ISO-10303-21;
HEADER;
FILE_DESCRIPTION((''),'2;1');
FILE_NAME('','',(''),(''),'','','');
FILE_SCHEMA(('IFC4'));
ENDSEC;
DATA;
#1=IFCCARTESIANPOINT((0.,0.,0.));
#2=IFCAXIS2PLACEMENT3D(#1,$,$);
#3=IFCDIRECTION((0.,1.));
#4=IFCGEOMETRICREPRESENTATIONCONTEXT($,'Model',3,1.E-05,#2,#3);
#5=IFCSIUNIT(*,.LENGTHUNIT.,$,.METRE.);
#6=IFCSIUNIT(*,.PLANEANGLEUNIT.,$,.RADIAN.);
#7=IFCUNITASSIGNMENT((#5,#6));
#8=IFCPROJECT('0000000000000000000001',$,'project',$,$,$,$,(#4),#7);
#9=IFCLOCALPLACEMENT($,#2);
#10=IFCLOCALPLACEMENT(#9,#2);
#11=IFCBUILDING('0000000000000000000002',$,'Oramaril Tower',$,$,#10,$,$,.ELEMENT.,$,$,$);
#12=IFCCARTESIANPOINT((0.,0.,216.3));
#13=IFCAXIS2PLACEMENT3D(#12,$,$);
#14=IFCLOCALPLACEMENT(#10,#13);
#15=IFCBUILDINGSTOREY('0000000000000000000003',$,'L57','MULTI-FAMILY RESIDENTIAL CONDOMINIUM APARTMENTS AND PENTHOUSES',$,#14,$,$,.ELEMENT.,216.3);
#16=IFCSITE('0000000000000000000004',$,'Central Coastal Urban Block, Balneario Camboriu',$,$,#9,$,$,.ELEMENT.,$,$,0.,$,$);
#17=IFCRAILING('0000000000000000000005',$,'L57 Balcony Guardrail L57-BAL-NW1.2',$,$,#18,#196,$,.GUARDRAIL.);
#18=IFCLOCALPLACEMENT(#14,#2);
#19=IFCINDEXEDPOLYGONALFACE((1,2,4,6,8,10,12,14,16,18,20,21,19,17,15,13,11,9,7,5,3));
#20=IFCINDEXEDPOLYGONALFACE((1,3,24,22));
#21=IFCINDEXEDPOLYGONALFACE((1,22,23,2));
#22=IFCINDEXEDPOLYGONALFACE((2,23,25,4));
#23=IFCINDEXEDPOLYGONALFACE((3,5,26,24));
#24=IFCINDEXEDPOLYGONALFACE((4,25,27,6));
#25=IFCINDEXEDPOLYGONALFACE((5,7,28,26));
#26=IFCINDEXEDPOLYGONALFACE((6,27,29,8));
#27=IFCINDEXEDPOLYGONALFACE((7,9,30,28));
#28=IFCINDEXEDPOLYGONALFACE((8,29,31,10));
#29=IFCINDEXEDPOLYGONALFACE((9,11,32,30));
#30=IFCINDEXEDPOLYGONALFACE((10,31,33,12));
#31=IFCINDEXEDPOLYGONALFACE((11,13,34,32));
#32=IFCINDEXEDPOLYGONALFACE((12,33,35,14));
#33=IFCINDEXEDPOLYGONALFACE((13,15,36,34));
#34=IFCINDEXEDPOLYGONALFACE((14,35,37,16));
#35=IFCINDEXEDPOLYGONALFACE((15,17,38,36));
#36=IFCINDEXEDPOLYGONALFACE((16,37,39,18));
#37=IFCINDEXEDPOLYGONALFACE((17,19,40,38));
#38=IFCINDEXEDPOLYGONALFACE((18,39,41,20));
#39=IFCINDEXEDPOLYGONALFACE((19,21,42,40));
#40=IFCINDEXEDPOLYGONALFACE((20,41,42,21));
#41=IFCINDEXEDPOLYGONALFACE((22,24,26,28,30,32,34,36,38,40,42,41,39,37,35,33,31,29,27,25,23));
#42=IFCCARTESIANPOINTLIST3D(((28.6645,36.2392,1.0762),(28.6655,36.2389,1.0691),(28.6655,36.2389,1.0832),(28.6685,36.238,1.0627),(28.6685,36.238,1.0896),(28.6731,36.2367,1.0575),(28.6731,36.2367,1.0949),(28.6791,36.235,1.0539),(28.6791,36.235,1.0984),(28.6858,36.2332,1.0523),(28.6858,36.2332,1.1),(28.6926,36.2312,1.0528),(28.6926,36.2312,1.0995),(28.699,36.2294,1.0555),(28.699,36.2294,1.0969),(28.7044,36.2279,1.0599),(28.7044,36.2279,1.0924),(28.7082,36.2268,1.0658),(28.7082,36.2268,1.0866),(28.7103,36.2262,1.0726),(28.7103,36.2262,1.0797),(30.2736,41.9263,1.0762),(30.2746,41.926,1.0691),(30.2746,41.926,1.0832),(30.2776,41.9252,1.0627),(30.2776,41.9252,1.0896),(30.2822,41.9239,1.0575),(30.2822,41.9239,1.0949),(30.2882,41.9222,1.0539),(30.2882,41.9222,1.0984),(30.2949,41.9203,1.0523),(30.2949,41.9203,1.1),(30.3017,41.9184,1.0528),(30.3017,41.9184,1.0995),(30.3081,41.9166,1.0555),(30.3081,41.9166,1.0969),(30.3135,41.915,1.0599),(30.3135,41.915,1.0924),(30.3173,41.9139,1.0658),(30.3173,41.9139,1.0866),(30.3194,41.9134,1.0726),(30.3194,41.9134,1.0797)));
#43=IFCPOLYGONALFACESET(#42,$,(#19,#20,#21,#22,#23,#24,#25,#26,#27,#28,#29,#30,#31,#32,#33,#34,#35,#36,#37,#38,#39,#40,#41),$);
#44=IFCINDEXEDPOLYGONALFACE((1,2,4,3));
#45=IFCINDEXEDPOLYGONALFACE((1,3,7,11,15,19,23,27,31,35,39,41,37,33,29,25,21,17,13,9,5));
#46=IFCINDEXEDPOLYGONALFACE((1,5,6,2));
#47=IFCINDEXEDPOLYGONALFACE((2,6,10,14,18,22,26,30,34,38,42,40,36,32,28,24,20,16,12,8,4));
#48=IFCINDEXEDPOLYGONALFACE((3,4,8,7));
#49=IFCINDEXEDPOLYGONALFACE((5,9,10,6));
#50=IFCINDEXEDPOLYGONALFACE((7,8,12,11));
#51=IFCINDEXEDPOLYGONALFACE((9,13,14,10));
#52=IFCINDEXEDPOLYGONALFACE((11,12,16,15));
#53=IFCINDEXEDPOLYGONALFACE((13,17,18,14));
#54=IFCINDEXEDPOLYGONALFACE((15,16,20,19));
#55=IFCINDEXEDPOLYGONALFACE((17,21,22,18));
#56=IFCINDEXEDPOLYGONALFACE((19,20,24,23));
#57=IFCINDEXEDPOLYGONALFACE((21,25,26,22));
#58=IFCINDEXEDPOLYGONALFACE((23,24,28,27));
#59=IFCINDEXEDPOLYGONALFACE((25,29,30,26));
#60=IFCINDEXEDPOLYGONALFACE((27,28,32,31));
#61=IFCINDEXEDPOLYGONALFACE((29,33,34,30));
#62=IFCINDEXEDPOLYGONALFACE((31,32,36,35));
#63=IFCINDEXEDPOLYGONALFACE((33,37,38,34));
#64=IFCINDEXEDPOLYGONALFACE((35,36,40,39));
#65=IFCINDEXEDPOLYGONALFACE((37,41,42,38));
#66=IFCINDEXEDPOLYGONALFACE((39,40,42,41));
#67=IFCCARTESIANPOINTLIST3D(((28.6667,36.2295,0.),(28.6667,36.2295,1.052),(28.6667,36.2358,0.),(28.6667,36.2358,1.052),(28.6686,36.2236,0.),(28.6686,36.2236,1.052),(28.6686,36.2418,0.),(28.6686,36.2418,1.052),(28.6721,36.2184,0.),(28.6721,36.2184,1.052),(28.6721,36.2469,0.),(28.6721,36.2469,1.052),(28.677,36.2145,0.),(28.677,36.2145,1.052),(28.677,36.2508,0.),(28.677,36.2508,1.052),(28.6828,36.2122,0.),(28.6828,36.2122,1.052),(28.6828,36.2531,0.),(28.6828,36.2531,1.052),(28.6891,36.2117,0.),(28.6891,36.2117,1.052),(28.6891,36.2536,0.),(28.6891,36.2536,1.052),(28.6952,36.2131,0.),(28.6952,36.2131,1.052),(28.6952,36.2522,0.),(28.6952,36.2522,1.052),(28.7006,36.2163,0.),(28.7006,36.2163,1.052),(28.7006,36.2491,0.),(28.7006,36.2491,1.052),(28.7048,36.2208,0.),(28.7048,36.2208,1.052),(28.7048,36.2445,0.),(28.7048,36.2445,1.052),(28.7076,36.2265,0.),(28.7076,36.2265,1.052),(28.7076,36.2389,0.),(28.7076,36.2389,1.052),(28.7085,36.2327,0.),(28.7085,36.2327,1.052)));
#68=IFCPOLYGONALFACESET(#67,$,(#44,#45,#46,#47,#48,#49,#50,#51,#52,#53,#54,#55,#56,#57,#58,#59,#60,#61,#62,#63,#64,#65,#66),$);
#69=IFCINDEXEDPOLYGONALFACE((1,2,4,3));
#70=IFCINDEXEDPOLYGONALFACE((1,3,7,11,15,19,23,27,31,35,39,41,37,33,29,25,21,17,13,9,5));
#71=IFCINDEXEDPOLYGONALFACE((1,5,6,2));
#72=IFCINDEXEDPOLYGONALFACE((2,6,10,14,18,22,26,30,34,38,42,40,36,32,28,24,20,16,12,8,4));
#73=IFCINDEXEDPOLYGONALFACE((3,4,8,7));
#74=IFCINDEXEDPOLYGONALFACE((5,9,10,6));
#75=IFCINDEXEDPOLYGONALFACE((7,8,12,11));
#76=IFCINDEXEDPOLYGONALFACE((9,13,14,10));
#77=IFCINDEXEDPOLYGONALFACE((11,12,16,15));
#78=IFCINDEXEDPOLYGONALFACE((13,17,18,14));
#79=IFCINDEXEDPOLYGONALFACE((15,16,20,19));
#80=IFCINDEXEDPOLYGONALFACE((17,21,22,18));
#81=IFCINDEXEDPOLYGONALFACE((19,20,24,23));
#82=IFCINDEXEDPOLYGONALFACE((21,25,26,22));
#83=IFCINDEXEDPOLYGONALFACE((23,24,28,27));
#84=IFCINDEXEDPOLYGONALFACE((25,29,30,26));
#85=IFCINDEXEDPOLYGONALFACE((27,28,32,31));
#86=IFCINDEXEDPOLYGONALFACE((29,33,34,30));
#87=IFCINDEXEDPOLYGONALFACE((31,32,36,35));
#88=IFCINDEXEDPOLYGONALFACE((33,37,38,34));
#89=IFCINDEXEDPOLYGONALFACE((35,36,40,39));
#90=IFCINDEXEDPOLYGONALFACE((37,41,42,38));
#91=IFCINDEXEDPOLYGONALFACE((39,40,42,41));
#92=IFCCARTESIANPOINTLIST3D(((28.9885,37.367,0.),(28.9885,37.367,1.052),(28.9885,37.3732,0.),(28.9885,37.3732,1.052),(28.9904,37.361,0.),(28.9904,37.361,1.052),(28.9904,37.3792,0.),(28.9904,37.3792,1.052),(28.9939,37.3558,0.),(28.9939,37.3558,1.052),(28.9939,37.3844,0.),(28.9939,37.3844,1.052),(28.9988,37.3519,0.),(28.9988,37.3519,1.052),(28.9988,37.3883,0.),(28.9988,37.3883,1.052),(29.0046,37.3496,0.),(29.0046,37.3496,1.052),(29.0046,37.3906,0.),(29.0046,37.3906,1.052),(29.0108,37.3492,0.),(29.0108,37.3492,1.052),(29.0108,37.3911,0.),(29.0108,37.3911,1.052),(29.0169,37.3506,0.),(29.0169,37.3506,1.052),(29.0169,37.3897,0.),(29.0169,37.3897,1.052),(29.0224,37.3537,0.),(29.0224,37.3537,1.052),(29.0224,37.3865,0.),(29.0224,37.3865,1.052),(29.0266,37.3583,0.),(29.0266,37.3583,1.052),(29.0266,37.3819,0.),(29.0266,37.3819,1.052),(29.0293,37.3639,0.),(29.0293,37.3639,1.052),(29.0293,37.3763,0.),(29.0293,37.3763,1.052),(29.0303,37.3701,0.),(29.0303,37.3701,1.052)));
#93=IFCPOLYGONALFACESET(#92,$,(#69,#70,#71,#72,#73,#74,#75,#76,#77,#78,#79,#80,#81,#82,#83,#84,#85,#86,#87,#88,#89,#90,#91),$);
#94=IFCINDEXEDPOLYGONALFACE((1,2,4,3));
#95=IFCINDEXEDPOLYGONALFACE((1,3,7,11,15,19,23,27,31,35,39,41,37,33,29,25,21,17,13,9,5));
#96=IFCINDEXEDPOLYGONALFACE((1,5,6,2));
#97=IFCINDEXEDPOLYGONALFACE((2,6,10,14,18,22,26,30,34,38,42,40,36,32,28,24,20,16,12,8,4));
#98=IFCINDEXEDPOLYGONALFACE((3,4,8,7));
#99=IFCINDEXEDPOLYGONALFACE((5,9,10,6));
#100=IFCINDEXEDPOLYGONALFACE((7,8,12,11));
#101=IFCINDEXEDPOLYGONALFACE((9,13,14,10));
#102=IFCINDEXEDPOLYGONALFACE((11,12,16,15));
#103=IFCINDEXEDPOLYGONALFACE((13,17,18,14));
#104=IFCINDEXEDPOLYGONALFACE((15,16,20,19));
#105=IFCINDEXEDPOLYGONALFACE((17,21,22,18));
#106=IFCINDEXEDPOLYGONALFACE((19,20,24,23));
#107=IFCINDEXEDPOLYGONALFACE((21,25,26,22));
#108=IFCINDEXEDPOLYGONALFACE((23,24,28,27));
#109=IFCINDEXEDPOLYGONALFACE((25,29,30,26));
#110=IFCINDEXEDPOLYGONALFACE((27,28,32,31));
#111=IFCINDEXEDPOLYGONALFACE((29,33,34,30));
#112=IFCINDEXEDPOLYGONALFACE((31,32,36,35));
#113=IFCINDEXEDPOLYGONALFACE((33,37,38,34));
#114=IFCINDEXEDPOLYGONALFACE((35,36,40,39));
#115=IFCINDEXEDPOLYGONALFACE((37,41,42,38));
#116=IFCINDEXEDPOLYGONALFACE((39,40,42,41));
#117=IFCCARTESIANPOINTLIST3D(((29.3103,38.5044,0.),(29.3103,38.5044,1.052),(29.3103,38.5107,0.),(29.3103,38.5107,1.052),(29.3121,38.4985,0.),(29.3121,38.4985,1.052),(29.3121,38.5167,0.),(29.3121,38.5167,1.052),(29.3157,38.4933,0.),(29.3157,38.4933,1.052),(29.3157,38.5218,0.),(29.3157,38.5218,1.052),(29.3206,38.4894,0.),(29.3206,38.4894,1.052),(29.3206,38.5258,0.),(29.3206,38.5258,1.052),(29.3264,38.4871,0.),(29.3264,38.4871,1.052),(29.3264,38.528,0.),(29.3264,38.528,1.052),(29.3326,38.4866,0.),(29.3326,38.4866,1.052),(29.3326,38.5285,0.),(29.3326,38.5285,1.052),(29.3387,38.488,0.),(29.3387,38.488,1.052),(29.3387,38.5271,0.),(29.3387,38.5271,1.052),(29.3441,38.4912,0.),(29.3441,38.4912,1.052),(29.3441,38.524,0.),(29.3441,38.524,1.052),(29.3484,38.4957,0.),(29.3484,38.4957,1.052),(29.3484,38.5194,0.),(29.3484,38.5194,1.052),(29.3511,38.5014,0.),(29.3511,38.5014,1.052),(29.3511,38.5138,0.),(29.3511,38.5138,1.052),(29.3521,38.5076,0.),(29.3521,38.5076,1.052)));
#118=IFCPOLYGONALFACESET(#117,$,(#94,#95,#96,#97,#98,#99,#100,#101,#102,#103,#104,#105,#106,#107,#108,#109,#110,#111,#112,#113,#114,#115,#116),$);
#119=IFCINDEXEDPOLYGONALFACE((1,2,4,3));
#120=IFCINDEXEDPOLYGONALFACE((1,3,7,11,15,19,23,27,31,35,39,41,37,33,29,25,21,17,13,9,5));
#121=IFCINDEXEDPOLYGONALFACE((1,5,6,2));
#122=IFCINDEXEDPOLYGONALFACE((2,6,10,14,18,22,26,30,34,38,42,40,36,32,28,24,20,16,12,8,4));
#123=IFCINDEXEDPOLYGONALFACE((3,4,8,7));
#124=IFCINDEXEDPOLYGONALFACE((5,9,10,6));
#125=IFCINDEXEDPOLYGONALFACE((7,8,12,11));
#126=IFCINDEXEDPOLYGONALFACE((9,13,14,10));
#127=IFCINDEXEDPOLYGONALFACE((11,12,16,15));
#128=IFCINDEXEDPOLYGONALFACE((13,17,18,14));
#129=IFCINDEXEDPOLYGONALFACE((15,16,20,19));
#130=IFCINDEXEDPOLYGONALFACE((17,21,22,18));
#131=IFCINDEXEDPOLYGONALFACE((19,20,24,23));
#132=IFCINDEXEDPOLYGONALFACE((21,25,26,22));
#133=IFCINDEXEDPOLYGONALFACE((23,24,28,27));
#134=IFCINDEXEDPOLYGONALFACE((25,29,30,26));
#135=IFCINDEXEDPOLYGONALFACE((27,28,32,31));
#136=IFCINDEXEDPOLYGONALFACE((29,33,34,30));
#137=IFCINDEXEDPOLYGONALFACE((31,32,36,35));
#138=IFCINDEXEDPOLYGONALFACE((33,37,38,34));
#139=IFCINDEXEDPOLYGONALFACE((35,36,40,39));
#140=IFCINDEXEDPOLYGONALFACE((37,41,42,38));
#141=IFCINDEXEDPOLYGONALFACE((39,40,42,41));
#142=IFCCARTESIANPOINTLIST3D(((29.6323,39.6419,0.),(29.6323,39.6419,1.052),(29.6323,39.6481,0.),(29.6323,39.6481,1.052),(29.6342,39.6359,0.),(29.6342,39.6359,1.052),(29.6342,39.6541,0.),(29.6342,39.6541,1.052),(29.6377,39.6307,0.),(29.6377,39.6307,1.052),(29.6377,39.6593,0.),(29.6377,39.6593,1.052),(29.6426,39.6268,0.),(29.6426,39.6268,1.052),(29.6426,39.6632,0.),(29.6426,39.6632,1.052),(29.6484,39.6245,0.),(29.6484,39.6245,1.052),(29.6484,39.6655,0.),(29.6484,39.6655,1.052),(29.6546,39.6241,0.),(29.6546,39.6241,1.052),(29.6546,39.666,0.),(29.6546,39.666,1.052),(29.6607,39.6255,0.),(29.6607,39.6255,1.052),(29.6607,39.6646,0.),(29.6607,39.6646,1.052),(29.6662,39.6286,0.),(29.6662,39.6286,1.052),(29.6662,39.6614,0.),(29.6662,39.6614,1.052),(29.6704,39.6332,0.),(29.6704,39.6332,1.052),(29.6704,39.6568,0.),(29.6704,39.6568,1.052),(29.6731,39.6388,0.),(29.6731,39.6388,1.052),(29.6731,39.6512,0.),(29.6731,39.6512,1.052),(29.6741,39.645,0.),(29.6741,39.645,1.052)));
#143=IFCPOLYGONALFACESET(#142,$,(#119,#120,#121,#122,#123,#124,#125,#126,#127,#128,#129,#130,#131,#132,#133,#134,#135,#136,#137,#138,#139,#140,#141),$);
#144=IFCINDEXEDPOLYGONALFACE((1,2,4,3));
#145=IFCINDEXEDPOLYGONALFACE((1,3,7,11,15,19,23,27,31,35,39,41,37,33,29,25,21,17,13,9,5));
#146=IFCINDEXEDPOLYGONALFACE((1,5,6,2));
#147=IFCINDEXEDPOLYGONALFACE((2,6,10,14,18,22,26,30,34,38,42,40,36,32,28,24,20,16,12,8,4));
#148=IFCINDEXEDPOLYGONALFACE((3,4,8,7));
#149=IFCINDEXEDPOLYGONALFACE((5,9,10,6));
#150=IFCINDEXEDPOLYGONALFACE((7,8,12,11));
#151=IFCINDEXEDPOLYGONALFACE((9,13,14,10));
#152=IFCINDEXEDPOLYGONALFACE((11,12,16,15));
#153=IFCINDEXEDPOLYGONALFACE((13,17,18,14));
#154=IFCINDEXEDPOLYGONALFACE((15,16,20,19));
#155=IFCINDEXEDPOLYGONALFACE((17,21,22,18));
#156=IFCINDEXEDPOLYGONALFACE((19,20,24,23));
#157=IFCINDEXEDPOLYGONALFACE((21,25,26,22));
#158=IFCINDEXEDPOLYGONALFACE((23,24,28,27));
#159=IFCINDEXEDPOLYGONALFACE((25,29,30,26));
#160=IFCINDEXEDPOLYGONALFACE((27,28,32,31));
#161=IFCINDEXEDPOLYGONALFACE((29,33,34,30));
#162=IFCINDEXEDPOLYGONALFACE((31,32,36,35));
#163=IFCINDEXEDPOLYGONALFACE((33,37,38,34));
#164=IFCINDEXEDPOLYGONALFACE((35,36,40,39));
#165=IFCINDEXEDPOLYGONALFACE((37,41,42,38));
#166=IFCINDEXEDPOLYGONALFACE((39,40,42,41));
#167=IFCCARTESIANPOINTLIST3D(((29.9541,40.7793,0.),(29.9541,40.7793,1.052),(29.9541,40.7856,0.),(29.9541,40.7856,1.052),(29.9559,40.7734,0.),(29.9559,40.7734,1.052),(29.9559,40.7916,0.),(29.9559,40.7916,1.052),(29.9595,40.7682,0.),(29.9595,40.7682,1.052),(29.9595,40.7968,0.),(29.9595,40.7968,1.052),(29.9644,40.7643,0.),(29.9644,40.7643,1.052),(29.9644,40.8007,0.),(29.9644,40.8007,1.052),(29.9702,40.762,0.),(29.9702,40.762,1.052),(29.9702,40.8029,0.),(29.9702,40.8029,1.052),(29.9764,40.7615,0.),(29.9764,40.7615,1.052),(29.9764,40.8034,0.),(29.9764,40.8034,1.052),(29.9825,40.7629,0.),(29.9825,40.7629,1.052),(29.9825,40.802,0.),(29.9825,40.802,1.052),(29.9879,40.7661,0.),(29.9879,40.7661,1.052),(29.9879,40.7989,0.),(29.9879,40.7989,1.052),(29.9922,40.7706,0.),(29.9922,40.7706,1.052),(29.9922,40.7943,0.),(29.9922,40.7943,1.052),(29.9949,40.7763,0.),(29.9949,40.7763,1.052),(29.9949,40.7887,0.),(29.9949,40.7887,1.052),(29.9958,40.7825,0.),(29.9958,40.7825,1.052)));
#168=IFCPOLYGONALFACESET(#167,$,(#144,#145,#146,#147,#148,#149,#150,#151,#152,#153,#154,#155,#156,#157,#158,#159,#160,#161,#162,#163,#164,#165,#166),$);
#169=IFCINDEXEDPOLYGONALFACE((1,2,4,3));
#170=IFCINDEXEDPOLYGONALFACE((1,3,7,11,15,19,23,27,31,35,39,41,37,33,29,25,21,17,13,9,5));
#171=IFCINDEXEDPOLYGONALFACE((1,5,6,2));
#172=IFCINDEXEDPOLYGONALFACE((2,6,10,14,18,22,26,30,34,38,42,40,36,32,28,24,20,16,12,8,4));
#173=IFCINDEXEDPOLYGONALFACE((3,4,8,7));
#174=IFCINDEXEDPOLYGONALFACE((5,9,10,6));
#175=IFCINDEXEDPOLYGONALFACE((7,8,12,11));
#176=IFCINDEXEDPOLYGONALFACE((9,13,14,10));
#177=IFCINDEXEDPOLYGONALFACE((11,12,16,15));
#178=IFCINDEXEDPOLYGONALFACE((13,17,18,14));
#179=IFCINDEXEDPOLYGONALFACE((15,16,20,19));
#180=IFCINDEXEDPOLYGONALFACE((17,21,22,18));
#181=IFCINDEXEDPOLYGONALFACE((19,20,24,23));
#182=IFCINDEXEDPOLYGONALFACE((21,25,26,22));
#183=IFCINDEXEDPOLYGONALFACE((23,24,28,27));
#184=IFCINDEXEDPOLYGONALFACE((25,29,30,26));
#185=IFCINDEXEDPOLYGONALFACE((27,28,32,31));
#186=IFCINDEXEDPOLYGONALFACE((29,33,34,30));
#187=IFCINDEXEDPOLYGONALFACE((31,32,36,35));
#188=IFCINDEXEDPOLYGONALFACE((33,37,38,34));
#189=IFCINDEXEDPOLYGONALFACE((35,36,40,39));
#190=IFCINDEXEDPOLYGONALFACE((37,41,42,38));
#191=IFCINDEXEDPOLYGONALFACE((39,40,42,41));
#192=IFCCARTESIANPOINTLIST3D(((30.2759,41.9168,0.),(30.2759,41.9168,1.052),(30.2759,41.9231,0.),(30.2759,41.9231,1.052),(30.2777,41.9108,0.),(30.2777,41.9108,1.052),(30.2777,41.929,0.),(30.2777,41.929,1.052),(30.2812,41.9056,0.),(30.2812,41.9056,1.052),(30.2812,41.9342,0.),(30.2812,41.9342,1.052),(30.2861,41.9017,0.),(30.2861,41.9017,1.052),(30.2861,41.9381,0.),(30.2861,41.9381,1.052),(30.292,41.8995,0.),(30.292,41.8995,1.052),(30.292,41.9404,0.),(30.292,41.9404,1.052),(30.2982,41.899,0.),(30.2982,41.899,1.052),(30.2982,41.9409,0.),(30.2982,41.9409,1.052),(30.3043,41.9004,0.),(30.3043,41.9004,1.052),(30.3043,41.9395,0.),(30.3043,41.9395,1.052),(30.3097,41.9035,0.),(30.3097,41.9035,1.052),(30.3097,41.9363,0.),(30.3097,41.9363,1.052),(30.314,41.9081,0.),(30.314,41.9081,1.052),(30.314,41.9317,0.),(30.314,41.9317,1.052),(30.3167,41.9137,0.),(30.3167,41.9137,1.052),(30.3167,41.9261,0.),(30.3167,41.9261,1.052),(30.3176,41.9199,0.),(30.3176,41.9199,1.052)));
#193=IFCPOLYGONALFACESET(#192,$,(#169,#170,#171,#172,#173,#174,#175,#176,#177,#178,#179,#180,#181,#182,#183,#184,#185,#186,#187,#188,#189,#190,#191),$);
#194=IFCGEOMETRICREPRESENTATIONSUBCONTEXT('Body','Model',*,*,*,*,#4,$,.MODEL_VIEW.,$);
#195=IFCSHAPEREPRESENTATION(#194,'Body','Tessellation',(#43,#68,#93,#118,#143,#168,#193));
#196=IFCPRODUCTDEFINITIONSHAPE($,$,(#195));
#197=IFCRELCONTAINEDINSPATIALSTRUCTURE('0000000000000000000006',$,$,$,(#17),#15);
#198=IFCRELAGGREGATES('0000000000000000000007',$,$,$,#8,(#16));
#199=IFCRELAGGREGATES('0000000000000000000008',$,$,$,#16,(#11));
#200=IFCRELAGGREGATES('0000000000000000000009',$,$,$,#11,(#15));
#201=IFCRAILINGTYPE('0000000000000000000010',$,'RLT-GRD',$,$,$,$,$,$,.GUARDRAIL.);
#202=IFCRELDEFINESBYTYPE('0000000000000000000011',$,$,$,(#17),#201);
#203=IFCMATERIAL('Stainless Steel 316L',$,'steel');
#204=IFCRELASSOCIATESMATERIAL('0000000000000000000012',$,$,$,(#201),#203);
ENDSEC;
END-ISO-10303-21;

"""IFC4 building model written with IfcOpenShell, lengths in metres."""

from ifc_helpers import new_model, si_unit, direction, frame, origin, origin_2d, place, context, subcontext, project, spatial, circle, extrude, material, type_object, element, save


model = new_model("IFC4")

# Units and contexts
model_context = context("Model", 3, precision=1e-05, world=origin(), true_north=direction((0.0, 1.0)))
body_context = subcontext(model_context, "Body", "Model", "MODEL_VIEW")
ifc_project = project(units=[si_unit("LENGTHUNIT", "METRE"), si_unit("PLANEANGLEUNIT", "RADIAN")], contexts=[model_context])

# Site, building, storey
site_placement = place(None, origin())
site = spatial("IfcSite", under=ifc_project, at=site_placement, Name="Central Coastal Urban Block, Balneario Camboriu", CompositionType="ELEMENT", RefElevation=0.0)
building_placement = place(site_placement, origin())
building = spatial("IfcBuilding", under=site, at=building_placement, Name="Oramaril Tower", CompositionType="ELEMENT")
storey_placement = place(building_placement, frame((0.0, 0.0, 216.3)))
storey = spatial("IfcBuildingStorey", under=building, at=storey_placement, Name="L57", Description="MULTI-FAMILY RESIDENTIAL CONDOMINIUM APARTMENTS AND PENTHOUSES", CompositionType="ELEMENT", Elevation=216.3)

# Railing
ifc_material_1 = material(Name="Stainless Steel 316L", Category="steel")
railing_type = type_object("IfcRailingType", Name="RLT-GRD", PredefinedType="GUARDRAIL", material=ifc_material_1)
railing_1_placement = place(storey_placement, frame((28.6875, 36.2327, 0.0)))
element("IfcRailing", 1, at=railing_1_placement, inside=storey, type_object=railing_type, Name="L57 Balcony Guardrail L57-BAL-NW1.2", PredefinedType="GUARDRAIL", context=body_context, shape_type="SweptSolid", body=[
    extrude(circle(Radius=0.0239, at=origin_2d()), frame((0.0, 0.0, 1.0762), z_axis=(0.272249, 0.962227, 0.0), x_axis=(-0.962227, 0.272249, 0.0)), (0.0, 0.0, 1.0), 5.9104),
    extrude(circle(Radius=0.021, at=origin_2d()), origin(), (0.0, 0.0, 1.0), 1.052),
    extrude(circle(Radius=0.021, at=origin_2d()), frame((0.3218, 1.1375, 0.0)), (0.0, 0.0, 1.0), 1.052),
    extrude(circle(Radius=0.021, at=origin_2d()), frame((0.6436, 2.2749, 0.0)), (0.0, 0.0, 1.0), 1.052),
    extrude(circle(Radius=0.021, at=origin_2d()), frame((0.9656, 3.4124, 0.0)), (0.0, 0.0, 1.0), 1.052),
    extrude(circle(Radius=0.021, at=origin_2d()), frame((1.2874, 4.5498, 0.0)), (0.0, 0.0, 1.0), 1.052),
    extrude(circle(Radius=0.021, at=origin_2d()), frame((1.6091, 5.6873, 0.0)), (0.0, 0.0, 1.0), 1.052),
])

save(model, "model.ifc")
